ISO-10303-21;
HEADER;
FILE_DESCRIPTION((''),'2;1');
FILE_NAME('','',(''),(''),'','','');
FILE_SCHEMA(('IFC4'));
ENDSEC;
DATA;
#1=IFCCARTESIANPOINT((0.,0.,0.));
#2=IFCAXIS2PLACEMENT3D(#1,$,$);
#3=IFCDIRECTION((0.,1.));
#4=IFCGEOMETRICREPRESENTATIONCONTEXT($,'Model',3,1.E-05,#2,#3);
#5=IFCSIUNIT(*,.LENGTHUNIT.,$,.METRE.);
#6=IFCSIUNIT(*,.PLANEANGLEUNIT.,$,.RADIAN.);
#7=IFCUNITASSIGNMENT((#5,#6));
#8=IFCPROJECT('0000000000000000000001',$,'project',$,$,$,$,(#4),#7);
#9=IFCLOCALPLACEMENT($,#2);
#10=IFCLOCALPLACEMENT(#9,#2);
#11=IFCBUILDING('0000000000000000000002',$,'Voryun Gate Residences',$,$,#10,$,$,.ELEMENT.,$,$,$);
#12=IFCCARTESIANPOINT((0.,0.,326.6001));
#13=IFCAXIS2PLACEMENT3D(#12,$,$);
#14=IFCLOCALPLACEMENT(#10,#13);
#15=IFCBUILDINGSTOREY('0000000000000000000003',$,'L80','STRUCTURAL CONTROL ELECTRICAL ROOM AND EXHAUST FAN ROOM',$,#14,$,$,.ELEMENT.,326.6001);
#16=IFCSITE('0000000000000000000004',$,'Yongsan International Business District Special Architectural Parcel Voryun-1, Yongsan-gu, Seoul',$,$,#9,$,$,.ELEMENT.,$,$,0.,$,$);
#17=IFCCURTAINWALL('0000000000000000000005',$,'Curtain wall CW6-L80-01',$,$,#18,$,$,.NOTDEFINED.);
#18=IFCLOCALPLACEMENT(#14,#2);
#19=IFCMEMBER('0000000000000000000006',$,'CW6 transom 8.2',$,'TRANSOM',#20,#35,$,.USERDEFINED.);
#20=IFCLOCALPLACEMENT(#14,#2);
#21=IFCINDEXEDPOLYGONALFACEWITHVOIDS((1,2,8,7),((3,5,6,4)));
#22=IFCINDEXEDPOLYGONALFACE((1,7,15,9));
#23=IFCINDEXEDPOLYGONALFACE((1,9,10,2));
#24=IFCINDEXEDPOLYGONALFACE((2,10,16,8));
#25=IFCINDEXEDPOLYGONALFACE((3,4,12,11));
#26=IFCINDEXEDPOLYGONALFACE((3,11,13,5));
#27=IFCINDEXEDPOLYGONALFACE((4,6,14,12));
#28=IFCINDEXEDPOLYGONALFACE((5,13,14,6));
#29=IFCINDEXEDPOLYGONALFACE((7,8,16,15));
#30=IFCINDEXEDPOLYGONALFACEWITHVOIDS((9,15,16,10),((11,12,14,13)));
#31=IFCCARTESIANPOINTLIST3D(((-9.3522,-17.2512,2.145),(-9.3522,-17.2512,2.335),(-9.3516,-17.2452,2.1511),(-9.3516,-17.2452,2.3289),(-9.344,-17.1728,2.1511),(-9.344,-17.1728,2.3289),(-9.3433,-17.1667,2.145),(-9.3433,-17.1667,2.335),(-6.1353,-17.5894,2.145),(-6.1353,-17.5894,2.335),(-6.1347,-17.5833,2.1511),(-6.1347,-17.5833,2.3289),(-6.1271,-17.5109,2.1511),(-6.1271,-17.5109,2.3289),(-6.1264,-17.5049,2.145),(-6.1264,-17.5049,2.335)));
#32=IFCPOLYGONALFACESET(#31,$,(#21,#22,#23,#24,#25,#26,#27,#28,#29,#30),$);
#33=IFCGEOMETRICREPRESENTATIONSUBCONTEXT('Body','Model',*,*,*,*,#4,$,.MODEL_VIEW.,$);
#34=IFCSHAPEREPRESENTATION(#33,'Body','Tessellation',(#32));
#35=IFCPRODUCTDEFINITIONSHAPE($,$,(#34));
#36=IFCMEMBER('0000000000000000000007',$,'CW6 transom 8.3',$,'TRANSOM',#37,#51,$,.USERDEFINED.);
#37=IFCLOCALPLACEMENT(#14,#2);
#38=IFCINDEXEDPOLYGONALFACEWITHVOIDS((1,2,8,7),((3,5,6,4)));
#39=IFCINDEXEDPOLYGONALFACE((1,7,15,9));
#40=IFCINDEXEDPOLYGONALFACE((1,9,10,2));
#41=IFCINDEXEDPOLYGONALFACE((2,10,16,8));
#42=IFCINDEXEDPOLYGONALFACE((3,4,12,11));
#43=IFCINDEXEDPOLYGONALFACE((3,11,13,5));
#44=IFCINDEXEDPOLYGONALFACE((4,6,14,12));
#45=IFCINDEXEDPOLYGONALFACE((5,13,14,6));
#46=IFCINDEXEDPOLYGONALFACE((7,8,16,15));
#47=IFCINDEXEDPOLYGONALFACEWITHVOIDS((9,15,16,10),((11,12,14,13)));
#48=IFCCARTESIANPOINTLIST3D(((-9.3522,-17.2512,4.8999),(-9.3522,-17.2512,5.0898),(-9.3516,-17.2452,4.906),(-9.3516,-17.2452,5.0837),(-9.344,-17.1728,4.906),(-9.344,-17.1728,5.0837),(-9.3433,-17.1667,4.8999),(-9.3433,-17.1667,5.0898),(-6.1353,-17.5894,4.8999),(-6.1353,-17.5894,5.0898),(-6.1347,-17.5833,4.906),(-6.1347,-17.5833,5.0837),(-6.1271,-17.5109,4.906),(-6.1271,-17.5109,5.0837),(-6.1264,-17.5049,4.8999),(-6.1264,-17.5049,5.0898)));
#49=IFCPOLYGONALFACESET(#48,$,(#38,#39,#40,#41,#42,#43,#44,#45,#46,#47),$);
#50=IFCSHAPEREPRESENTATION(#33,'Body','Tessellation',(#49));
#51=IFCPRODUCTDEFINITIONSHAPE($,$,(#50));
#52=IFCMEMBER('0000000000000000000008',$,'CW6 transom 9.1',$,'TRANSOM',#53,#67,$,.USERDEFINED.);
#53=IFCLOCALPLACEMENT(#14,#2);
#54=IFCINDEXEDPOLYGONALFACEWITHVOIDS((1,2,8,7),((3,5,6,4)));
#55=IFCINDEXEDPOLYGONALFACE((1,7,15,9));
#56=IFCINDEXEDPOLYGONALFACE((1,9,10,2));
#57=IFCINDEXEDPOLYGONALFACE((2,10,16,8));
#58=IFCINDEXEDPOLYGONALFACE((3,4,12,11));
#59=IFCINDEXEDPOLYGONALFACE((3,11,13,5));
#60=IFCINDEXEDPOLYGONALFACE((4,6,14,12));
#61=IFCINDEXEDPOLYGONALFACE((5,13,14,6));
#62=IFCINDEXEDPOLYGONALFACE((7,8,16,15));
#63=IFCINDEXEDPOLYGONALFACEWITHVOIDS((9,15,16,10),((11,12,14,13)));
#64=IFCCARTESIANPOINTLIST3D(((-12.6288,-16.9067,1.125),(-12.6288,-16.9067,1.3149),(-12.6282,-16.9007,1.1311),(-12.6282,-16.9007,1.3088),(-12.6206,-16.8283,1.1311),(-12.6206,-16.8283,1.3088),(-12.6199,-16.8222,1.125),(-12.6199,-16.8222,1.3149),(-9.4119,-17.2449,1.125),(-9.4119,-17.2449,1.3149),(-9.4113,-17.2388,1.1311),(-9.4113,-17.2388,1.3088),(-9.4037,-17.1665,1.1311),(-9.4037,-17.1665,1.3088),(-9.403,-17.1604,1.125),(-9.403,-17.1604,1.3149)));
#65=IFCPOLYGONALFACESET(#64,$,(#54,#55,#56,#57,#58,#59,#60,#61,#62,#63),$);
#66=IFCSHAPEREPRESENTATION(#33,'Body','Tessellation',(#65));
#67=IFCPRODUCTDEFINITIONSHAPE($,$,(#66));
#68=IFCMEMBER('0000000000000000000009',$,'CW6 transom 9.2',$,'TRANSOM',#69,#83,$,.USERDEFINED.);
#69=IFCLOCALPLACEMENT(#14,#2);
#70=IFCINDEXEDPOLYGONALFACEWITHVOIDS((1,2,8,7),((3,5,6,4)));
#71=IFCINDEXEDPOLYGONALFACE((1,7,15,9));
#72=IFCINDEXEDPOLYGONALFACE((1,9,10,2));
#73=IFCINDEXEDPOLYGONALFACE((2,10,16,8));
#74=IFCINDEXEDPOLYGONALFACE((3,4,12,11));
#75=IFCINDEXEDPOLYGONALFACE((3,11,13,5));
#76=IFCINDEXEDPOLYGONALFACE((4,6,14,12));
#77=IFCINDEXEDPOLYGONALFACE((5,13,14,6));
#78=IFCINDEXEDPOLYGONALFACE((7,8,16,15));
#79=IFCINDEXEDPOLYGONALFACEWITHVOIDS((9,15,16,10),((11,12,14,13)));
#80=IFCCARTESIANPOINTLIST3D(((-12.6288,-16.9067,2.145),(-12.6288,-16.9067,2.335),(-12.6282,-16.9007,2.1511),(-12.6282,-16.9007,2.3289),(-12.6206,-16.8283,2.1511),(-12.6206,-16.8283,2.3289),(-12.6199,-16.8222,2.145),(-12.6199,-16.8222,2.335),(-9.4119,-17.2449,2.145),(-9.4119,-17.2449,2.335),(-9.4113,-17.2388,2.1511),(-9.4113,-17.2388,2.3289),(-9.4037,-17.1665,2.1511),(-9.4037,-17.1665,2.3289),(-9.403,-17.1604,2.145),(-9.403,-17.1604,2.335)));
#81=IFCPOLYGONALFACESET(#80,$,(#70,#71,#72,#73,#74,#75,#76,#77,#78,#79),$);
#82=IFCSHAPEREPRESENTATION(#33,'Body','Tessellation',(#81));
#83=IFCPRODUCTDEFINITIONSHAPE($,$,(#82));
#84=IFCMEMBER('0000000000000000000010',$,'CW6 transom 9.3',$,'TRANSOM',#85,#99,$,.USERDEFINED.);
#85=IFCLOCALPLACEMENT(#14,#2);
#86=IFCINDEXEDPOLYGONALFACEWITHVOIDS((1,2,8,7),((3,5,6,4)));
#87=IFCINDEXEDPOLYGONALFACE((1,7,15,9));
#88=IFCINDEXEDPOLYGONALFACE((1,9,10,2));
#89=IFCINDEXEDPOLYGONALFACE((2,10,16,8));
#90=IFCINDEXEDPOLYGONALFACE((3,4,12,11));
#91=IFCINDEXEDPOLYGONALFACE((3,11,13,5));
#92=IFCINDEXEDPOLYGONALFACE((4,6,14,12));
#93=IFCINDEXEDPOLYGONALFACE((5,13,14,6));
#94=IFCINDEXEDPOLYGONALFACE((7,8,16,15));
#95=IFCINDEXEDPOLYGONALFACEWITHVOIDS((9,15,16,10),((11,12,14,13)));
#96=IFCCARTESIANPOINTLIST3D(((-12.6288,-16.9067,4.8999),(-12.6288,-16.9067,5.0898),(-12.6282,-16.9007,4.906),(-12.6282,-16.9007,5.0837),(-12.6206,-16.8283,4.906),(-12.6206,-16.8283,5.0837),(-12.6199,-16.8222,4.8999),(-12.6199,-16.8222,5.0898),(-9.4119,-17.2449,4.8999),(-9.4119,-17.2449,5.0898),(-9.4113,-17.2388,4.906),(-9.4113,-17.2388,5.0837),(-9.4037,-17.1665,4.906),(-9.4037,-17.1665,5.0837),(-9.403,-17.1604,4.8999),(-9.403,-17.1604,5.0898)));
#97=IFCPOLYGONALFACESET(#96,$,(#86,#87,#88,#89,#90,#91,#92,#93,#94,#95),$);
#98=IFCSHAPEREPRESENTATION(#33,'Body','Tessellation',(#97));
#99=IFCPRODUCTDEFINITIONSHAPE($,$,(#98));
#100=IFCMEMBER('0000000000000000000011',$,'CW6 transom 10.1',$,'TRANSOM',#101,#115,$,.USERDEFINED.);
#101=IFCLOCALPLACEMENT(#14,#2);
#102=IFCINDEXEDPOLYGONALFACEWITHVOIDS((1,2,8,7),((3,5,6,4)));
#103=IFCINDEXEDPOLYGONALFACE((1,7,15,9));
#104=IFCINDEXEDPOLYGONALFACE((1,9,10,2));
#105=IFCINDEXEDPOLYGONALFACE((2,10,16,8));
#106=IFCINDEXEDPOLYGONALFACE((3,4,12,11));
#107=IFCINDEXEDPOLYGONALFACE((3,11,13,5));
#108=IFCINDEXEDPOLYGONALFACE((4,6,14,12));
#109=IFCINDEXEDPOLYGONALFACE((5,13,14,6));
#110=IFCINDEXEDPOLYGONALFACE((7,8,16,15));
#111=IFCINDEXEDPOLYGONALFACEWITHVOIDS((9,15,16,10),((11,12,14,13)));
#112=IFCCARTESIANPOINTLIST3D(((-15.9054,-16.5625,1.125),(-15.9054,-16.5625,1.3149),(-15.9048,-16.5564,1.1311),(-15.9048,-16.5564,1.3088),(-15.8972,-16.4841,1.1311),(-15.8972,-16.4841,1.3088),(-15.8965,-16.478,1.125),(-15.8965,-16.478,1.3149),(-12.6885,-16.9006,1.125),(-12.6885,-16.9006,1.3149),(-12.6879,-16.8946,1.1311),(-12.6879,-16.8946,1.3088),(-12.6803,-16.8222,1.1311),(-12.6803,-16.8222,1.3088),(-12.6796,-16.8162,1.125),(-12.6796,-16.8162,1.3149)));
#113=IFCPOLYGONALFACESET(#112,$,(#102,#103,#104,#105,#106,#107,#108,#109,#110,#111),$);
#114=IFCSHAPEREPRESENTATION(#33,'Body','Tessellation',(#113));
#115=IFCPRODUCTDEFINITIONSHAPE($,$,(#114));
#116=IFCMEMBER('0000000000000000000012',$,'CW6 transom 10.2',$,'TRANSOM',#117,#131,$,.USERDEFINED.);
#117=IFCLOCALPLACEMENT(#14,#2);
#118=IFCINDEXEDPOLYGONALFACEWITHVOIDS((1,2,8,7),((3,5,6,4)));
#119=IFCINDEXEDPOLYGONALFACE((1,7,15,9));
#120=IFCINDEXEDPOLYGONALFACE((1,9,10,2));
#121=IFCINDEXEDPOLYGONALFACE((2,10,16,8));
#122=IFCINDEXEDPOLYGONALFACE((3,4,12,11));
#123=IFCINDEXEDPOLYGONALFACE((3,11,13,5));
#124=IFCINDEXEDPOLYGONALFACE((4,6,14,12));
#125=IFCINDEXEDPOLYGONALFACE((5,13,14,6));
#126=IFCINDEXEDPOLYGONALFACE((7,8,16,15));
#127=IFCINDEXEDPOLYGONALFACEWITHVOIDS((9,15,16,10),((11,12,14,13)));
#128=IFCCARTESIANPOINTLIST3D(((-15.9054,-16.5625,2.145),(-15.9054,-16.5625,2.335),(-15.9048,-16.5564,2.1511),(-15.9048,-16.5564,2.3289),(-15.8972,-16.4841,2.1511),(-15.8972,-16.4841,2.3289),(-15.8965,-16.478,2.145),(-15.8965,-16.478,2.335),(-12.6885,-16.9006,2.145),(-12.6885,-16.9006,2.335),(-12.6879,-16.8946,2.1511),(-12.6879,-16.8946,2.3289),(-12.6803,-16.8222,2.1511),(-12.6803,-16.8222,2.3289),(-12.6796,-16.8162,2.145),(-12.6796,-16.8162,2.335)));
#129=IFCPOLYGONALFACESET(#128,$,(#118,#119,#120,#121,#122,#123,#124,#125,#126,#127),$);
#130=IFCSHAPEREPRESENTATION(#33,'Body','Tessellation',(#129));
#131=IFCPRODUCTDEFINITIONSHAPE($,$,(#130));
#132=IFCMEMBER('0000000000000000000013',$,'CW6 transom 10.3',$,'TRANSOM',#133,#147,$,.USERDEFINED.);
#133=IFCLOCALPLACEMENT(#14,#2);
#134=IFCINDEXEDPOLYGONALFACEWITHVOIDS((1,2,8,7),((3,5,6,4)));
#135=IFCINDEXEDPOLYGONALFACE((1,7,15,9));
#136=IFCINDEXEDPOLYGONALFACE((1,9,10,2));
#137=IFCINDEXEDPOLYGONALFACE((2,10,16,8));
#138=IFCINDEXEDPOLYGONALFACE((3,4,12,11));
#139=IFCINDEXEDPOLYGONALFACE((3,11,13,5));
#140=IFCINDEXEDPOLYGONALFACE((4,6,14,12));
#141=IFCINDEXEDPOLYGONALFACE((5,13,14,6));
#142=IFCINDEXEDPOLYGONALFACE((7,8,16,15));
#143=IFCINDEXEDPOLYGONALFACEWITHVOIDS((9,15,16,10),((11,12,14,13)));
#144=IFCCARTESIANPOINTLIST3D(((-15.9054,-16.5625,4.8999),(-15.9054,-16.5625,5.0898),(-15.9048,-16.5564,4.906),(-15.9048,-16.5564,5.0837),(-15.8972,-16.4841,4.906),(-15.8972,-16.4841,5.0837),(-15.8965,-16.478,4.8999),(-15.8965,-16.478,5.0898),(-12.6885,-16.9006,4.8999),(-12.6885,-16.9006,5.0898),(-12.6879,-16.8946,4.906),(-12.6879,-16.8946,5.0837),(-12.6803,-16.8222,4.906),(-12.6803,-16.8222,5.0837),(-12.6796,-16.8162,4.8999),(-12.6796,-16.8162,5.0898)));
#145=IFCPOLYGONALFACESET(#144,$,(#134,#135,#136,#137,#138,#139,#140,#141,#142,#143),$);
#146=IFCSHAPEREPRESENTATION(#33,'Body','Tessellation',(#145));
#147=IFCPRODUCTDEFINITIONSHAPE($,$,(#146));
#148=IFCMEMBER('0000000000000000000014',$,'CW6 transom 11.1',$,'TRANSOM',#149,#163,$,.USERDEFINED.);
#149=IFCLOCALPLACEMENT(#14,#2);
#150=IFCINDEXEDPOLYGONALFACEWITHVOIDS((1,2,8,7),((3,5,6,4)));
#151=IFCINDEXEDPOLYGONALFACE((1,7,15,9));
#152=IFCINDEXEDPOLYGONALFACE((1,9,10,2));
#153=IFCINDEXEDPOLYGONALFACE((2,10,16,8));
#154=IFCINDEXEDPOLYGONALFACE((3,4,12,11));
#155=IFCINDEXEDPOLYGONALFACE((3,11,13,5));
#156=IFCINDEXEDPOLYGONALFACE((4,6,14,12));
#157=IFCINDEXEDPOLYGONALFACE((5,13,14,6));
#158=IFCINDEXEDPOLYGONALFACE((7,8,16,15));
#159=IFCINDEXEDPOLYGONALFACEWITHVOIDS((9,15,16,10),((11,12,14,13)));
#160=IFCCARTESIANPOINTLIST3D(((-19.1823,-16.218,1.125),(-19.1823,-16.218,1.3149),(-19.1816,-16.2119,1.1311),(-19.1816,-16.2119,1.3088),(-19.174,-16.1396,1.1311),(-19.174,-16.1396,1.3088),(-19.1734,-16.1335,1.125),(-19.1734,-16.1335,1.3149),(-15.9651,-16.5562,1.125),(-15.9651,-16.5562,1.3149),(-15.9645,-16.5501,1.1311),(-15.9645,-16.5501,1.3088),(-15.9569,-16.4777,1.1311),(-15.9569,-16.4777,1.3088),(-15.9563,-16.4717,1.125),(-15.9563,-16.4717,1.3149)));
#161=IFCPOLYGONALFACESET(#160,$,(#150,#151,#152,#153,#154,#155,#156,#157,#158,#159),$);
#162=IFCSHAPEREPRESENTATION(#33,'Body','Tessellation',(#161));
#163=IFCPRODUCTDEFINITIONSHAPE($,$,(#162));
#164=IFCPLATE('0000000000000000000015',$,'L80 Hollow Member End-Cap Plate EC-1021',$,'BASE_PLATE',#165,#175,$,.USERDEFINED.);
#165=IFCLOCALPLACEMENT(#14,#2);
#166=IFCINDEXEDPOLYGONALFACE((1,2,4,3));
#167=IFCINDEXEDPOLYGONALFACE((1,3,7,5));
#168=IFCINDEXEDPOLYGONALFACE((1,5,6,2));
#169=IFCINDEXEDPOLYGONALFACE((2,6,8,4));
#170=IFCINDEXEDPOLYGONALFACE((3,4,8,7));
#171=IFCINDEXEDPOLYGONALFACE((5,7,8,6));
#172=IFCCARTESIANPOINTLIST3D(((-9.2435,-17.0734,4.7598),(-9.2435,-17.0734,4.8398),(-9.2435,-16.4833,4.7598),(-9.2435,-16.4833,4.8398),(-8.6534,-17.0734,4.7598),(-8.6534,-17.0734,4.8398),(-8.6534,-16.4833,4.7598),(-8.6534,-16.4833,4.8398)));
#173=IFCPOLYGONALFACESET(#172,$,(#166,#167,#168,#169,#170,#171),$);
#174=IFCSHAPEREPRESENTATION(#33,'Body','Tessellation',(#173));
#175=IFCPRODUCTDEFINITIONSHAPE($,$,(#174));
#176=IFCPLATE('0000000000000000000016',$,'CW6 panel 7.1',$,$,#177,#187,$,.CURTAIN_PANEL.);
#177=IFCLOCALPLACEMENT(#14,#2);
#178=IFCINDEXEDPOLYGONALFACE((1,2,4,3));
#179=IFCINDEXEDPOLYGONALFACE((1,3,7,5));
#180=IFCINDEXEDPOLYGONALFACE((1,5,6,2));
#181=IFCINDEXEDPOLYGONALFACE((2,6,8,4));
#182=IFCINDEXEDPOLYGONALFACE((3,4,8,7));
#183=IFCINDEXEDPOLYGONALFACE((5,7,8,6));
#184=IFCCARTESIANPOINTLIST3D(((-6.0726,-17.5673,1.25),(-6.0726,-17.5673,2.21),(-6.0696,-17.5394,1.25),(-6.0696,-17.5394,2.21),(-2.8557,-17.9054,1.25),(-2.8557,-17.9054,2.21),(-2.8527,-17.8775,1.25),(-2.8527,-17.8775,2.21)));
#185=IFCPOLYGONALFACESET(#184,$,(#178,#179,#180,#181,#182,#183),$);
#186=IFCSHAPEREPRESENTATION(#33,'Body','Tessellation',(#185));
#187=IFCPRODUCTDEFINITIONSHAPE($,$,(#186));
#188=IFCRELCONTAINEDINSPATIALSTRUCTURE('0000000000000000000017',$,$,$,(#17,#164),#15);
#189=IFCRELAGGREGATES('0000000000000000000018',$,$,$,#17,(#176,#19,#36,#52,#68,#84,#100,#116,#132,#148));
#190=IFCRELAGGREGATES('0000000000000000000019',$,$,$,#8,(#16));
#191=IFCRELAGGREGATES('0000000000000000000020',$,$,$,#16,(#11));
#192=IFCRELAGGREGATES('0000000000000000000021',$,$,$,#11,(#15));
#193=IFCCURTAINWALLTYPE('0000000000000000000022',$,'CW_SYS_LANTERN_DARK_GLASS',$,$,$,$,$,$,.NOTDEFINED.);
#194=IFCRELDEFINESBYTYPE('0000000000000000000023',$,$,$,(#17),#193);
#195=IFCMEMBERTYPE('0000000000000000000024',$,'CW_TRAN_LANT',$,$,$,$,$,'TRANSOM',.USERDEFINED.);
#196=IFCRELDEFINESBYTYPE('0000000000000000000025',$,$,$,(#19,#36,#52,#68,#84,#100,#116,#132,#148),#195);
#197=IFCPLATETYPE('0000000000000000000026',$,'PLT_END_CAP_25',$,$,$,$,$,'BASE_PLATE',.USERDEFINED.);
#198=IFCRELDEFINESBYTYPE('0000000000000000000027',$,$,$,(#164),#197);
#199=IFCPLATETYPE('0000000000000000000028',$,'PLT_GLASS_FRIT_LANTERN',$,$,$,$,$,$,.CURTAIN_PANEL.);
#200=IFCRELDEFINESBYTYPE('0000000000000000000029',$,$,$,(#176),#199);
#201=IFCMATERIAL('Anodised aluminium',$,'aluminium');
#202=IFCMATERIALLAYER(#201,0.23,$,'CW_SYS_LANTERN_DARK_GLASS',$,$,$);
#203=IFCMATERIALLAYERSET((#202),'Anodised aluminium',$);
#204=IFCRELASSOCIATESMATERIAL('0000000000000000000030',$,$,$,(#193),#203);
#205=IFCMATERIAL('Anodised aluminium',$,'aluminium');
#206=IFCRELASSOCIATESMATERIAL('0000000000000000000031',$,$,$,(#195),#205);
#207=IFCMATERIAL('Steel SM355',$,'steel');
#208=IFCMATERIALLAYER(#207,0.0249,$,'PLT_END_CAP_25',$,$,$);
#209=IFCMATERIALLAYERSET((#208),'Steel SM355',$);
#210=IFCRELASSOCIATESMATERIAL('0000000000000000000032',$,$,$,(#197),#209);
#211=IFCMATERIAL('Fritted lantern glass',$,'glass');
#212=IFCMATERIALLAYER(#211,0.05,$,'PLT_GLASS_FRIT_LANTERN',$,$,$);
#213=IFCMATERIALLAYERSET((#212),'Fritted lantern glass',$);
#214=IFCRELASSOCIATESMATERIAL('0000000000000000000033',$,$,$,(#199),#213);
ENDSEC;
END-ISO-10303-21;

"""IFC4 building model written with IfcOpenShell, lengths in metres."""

from ifc_helpers import new_model, si_unit, direction, frame, origin, origin_2d, place, context, subcontext, project, spatial, rectangle, hollow_rectangle, extrude, material, layer, layer_set, material_profile, profile_set, type_object, element, aggregate, save


model = new_model("IFC4")

# Units and contexts
model_context = context("Model", 3, precision=1e-05, world=origin(), true_north=direction((0.0, 1.0)))
body_context = subcontext(model_context, "Body", "Model", "MODEL_VIEW")
ifc_project = project(units=[si_unit("LENGTHUNIT", "METRE"), si_unit("PLANEANGLEUNIT", "RADIAN")], contexts=[model_context])

# Site, building, storey
site_placement = place(None, origin())
site = spatial("IfcSite", under=ifc_project, at=site_placement, Name="Yongsan International Business District Special Architectural Parcel Voryun-1, Yongsan-gu, Seoul", CompositionType="ELEMENT", RefElevation=0.0)
building_placement = place(site_placement, origin())
building = spatial("IfcBuilding", under=site, at=building_placement, Name="Voryun Gate Residences", CompositionType="ELEMENT")
storey_placement = place(building_placement, frame((0.0, 0.0, 326.6001)))
storey = spatial("IfcBuildingStorey", under=building, at=storey_placement, Name="L80", Description="STRUCTURAL CONTROL ELECTRICAL ROOM AND EXHAUST FAN ROOM", CompositionType="ELEMENT", Elevation=326.6001)

# Curtain wall, members
ifc_material_1 = material(Name="Anodised aluminium", Category="aluminium")
ifc_layer_1 = layer(ifc_material_1, 0.23, Name="CW_SYS_LANTERN_DARK_GLASS")
ifc_layer_set_1 = layer_set([ifc_layer_1], Name="Anodised aluminium")
curtain_wall_type = type_object("IfcCurtainWallType", Name="CW_SYS_LANTERN_DARK_GLASS", PredefinedType="NOTDEFINED", material=ifc_layer_set_1)
curtain_wall_placement = place(storey_placement, origin())
curtain_wall = element("IfcCurtainWall", 1, at=curtain_wall_placement, inside=storey, type_object=curtain_wall_type, Name="Curtain wall CW6-L80-01", PredefinedType="NOTDEFINED")
ifc_material_2 = material(Name="Anodised aluminium", Category="aluminium")
ifc_material_profile_1 = material_profile(ifc_material_2, hollow_rectangle(XDim=0.085, YDim=0.1899, WallThickness=0.0061, at=origin_2d()), Name="ALU-TRAN-190x85x6")
ifc_profile_set_1 = profile_set([ifc_material_profile_1], Name="Anodised aluminium")
member_type_1 = type_object("IfcMemberType", Name="CW_TRAN_LANT", ElementType="TRANSOM", PredefinedType="USERDEFINED", material=ifc_profile_set_1)
member_1_placement = place(storey_placement, frame((-6.1309, -17.5471, 2.24), z_axis=(-0.994521, 0.104539, 0.0), x_axis=(-0.104539, -0.994521, 0.0)))
member_1 = element("IfcMember", 2, at=member_1_placement, type_object=member_type_1, Name="CW6 transom 8.2", ObjectType="TRANSOM", PredefinedType="USERDEFINED", context=body_context, shape_type="SweptSolid", body=[
    extrude(hollow_rectangle(XDim=0.085, YDim=0.1899, WallThickness=0.0061, at=origin_2d()), origin(), (0.0, 0.0, 1.0), 3.2346),
])
member_2_placement = place(storey_placement, frame((-6.1309, -17.5471, 4.9949), z_axis=(-0.994521, 0.104539, 0.0), x_axis=(-0.104539, -0.994521, 0.0)))
member_2 = element("IfcMember", 3, at=member_2_placement, type_object=member_type_1, Name="CW6 transom 8.3", ObjectType="TRANSOM", PredefinedType="USERDEFINED", context=body_context, shape_type="SweptSolid", body=[
    extrude(hollow_rectangle(XDim=0.085, YDim=0.1899, WallThickness=0.0061, at=origin_2d()), origin(), (0.0, 0.0, 1.0), 3.2346),
])
member_3_placement = place(storey_placement, frame((-9.4075, -17.2026, 1.22), z_axis=(-0.994521, 0.104539, 0.0), x_axis=(-0.104539, -0.994521, 0.0)))
member_3 = element("IfcMember", 4, at=member_3_placement, type_object=member_type_1, Name="CW6 transom 9.1", ObjectType="TRANSOM", PredefinedType="USERDEFINED", context=body_context, shape_type="SweptSolid", body=[
    extrude(hollow_rectangle(XDim=0.085, YDim=0.1899, WallThickness=0.0061, at=origin_2d()), origin(), (0.0, 0.0, 1.0), 3.2346),
])
member_4_placement = place(storey_placement, frame((-9.4075, -17.2026, 2.24), z_axis=(-0.994521, 0.104539, 0.0), x_axis=(-0.104539, -0.994521, 0.0)))
member_4 = element("IfcMember", 5, at=member_4_placement, type_object=member_type_1, Name="CW6 transom 9.2", ObjectType="TRANSOM", PredefinedType="USERDEFINED", context=body_context, shape_type="SweptSolid", body=[
    extrude(hollow_rectangle(XDim=0.085, YDim=0.1899, WallThickness=0.0061, at=origin_2d()), origin(), (0.0, 0.0, 1.0), 3.2346),
])
member_5_placement = place(storey_placement, frame((-9.4075, -17.2026, 4.9949), z_axis=(-0.994521, 0.104539, 0.0), x_axis=(-0.104539, -0.994521, 0.0)))
member_5 = element("IfcMember", 6, at=member_5_placement, type_object=member_type_1, Name="CW6 transom 9.3", ObjectType="TRANSOM", PredefinedType="USERDEFINED", context=body_context, shape_type="SweptSolid", body=[
    extrude(hollow_rectangle(XDim=0.085, YDim=0.1899, WallThickness=0.0061, at=origin_2d()), origin(), (0.0, 0.0, 1.0), 3.2346),
])
member_6_placement = place(storey_placement, frame((-12.6841, -16.8584, 1.22), z_axis=(-0.994521, 0.104539, 0.0), x_axis=(-0.104539, -0.994521, 0.0)))
member_6 = element("IfcMember", 7, at=member_6_placement, type_object=member_type_1, Name="CW6 transom 10.1", ObjectType="TRANSOM", PredefinedType="USERDEFINED", context=body_context, shape_type="SweptSolid", body=[
    extrude(hollow_rectangle(XDim=0.085, YDim=0.1899, WallThickness=0.0061, at=origin_2d()), origin(), (0.0, 0.0, 1.0), 3.2346),
])
member_7_placement = place(storey_placement, frame((-12.6841, -16.8584, 2.24), z_axis=(-0.994521, 0.104539, 0.0), x_axis=(-0.104539, -0.994521, 0.0)))
member_7 = element("IfcMember", 8, at=member_7_placement, type_object=member_type_1, Name="CW6 transom 10.2", ObjectType="TRANSOM", PredefinedType="USERDEFINED", context=body_context, shape_type="SweptSolid", body=[
    extrude(hollow_rectangle(XDim=0.085, YDim=0.1899, WallThickness=0.0061, at=origin_2d()), origin(), (0.0, 0.0, 1.0), 3.2346),
])
member_8_placement = place(storey_placement, frame((-12.6841, -16.8584, 4.9949), z_axis=(-0.994521, 0.104539, 0.0), x_axis=(-0.104539, -0.994521, 0.0)))
member_8 = element("IfcMember", 9, at=member_8_placement, type_object=member_type_1, Name="CW6 transom 10.3", ObjectType="TRANSOM", PredefinedType="USERDEFINED", context=body_context, shape_type="SweptSolid", body=[
    extrude(hollow_rectangle(XDim=0.085, YDim=0.1899, WallThickness=0.0061, at=origin_2d()), origin(), (0.0, 0.0, 1.0), 3.2346),
])
member_9_placement = place(storey_placement, frame((-15.9607, -16.5139, 1.22), z_axis=(-0.994522, 0.104532, 0.0), x_axis=(-0.104532, -0.994522, 0.0)))
member_9 = element("IfcMember", 10, at=member_9_placement, type_object=member_type_1, Name="CW6 transom 11.1", ObjectType="TRANSOM", PredefinedType="USERDEFINED", context=body_context, shape_type="SweptSolid", body=[
    extrude(hollow_rectangle(XDim=0.085, YDim=0.1899, WallThickness=0.0061, at=origin_2d()), origin(), (0.0, 0.0, 1.0), 3.2349),
])

# Plates
ifc_material_3 = material(Name="Steel SM355", Category="steel")
ifc_layer_2 = layer(ifc_material_3, 0.0249, Name="PLT_END_CAP_25")
ifc_layer_set_2 = layer_set([ifc_layer_2], Name="Steel SM355")
plate_type_1 = type_object("IfcPlateType", Name="PLT_END_CAP_25", ElementType="BASE_PLATE", PredefinedType="USERDEFINED", material=ifc_layer_set_2)
plate_1_placement = place(storey_placement, frame((-8.9485, -16.7783, 4.7598), z_axis=(0.0, 0.0, 1.0), x_axis=(1.0, 0.0, 0.0)))
element("IfcPlate", 11, at=plate_1_placement, inside=storey, type_object=plate_type_1, Name="L80 Hollow Member End-Cap Plate EC-1021", ObjectType="BASE_PLATE", PredefinedType="USERDEFINED", context=body_context, shape_type="SweptSolid", body=[
    extrude(rectangle(XDim=0.5901, YDim=0.5901, at=origin_2d()), origin(), (0.0, 0.0, 1.0), 0.0801),
])
ifc_material_4 = material(Name="Fritted lantern glass", Category="glass")
ifc_layer_3 = layer(ifc_material_4, 0.05, Name="PLT_GLASS_FRIT_LANTERN")
ifc_layer_set_3 = layer_set([ifc_layer_3], Name="Fritted lantern glass")
plate_type_2 = type_object("IfcPlateType", Name="PLT_GLASS_FRIT_LANTERN", PredefinedType="CURTAIN_PANEL", material=ifc_layer_set_3)
plate_2_placement = place(storey_placement, frame((-4.4626, -17.7224, 1.25), z_axis=(0.0, 0.0, 1.0), x_axis=(-0.994522, 0.104528, 0.0)))
plate_2 = element("IfcPlate", 12, at=plate_2_placement, type_object=plate_type_2, Name="CW6 panel 7.1", PredefinedType="CURTAIN_PANEL", context=body_context, shape_type="SweptSolid", body=[
    extrude(rectangle(XDim=3.2346, YDim=0.0281, at=origin_2d()), origin(), (0.0, 0.0, 1.0), 0.96),
])
aggregate(curtain_wall, [plate_2, member_1, member_2, member_3, member_4, member_5, member_6, member_7, member_8, member_9])

save(model, "model.ifc")
